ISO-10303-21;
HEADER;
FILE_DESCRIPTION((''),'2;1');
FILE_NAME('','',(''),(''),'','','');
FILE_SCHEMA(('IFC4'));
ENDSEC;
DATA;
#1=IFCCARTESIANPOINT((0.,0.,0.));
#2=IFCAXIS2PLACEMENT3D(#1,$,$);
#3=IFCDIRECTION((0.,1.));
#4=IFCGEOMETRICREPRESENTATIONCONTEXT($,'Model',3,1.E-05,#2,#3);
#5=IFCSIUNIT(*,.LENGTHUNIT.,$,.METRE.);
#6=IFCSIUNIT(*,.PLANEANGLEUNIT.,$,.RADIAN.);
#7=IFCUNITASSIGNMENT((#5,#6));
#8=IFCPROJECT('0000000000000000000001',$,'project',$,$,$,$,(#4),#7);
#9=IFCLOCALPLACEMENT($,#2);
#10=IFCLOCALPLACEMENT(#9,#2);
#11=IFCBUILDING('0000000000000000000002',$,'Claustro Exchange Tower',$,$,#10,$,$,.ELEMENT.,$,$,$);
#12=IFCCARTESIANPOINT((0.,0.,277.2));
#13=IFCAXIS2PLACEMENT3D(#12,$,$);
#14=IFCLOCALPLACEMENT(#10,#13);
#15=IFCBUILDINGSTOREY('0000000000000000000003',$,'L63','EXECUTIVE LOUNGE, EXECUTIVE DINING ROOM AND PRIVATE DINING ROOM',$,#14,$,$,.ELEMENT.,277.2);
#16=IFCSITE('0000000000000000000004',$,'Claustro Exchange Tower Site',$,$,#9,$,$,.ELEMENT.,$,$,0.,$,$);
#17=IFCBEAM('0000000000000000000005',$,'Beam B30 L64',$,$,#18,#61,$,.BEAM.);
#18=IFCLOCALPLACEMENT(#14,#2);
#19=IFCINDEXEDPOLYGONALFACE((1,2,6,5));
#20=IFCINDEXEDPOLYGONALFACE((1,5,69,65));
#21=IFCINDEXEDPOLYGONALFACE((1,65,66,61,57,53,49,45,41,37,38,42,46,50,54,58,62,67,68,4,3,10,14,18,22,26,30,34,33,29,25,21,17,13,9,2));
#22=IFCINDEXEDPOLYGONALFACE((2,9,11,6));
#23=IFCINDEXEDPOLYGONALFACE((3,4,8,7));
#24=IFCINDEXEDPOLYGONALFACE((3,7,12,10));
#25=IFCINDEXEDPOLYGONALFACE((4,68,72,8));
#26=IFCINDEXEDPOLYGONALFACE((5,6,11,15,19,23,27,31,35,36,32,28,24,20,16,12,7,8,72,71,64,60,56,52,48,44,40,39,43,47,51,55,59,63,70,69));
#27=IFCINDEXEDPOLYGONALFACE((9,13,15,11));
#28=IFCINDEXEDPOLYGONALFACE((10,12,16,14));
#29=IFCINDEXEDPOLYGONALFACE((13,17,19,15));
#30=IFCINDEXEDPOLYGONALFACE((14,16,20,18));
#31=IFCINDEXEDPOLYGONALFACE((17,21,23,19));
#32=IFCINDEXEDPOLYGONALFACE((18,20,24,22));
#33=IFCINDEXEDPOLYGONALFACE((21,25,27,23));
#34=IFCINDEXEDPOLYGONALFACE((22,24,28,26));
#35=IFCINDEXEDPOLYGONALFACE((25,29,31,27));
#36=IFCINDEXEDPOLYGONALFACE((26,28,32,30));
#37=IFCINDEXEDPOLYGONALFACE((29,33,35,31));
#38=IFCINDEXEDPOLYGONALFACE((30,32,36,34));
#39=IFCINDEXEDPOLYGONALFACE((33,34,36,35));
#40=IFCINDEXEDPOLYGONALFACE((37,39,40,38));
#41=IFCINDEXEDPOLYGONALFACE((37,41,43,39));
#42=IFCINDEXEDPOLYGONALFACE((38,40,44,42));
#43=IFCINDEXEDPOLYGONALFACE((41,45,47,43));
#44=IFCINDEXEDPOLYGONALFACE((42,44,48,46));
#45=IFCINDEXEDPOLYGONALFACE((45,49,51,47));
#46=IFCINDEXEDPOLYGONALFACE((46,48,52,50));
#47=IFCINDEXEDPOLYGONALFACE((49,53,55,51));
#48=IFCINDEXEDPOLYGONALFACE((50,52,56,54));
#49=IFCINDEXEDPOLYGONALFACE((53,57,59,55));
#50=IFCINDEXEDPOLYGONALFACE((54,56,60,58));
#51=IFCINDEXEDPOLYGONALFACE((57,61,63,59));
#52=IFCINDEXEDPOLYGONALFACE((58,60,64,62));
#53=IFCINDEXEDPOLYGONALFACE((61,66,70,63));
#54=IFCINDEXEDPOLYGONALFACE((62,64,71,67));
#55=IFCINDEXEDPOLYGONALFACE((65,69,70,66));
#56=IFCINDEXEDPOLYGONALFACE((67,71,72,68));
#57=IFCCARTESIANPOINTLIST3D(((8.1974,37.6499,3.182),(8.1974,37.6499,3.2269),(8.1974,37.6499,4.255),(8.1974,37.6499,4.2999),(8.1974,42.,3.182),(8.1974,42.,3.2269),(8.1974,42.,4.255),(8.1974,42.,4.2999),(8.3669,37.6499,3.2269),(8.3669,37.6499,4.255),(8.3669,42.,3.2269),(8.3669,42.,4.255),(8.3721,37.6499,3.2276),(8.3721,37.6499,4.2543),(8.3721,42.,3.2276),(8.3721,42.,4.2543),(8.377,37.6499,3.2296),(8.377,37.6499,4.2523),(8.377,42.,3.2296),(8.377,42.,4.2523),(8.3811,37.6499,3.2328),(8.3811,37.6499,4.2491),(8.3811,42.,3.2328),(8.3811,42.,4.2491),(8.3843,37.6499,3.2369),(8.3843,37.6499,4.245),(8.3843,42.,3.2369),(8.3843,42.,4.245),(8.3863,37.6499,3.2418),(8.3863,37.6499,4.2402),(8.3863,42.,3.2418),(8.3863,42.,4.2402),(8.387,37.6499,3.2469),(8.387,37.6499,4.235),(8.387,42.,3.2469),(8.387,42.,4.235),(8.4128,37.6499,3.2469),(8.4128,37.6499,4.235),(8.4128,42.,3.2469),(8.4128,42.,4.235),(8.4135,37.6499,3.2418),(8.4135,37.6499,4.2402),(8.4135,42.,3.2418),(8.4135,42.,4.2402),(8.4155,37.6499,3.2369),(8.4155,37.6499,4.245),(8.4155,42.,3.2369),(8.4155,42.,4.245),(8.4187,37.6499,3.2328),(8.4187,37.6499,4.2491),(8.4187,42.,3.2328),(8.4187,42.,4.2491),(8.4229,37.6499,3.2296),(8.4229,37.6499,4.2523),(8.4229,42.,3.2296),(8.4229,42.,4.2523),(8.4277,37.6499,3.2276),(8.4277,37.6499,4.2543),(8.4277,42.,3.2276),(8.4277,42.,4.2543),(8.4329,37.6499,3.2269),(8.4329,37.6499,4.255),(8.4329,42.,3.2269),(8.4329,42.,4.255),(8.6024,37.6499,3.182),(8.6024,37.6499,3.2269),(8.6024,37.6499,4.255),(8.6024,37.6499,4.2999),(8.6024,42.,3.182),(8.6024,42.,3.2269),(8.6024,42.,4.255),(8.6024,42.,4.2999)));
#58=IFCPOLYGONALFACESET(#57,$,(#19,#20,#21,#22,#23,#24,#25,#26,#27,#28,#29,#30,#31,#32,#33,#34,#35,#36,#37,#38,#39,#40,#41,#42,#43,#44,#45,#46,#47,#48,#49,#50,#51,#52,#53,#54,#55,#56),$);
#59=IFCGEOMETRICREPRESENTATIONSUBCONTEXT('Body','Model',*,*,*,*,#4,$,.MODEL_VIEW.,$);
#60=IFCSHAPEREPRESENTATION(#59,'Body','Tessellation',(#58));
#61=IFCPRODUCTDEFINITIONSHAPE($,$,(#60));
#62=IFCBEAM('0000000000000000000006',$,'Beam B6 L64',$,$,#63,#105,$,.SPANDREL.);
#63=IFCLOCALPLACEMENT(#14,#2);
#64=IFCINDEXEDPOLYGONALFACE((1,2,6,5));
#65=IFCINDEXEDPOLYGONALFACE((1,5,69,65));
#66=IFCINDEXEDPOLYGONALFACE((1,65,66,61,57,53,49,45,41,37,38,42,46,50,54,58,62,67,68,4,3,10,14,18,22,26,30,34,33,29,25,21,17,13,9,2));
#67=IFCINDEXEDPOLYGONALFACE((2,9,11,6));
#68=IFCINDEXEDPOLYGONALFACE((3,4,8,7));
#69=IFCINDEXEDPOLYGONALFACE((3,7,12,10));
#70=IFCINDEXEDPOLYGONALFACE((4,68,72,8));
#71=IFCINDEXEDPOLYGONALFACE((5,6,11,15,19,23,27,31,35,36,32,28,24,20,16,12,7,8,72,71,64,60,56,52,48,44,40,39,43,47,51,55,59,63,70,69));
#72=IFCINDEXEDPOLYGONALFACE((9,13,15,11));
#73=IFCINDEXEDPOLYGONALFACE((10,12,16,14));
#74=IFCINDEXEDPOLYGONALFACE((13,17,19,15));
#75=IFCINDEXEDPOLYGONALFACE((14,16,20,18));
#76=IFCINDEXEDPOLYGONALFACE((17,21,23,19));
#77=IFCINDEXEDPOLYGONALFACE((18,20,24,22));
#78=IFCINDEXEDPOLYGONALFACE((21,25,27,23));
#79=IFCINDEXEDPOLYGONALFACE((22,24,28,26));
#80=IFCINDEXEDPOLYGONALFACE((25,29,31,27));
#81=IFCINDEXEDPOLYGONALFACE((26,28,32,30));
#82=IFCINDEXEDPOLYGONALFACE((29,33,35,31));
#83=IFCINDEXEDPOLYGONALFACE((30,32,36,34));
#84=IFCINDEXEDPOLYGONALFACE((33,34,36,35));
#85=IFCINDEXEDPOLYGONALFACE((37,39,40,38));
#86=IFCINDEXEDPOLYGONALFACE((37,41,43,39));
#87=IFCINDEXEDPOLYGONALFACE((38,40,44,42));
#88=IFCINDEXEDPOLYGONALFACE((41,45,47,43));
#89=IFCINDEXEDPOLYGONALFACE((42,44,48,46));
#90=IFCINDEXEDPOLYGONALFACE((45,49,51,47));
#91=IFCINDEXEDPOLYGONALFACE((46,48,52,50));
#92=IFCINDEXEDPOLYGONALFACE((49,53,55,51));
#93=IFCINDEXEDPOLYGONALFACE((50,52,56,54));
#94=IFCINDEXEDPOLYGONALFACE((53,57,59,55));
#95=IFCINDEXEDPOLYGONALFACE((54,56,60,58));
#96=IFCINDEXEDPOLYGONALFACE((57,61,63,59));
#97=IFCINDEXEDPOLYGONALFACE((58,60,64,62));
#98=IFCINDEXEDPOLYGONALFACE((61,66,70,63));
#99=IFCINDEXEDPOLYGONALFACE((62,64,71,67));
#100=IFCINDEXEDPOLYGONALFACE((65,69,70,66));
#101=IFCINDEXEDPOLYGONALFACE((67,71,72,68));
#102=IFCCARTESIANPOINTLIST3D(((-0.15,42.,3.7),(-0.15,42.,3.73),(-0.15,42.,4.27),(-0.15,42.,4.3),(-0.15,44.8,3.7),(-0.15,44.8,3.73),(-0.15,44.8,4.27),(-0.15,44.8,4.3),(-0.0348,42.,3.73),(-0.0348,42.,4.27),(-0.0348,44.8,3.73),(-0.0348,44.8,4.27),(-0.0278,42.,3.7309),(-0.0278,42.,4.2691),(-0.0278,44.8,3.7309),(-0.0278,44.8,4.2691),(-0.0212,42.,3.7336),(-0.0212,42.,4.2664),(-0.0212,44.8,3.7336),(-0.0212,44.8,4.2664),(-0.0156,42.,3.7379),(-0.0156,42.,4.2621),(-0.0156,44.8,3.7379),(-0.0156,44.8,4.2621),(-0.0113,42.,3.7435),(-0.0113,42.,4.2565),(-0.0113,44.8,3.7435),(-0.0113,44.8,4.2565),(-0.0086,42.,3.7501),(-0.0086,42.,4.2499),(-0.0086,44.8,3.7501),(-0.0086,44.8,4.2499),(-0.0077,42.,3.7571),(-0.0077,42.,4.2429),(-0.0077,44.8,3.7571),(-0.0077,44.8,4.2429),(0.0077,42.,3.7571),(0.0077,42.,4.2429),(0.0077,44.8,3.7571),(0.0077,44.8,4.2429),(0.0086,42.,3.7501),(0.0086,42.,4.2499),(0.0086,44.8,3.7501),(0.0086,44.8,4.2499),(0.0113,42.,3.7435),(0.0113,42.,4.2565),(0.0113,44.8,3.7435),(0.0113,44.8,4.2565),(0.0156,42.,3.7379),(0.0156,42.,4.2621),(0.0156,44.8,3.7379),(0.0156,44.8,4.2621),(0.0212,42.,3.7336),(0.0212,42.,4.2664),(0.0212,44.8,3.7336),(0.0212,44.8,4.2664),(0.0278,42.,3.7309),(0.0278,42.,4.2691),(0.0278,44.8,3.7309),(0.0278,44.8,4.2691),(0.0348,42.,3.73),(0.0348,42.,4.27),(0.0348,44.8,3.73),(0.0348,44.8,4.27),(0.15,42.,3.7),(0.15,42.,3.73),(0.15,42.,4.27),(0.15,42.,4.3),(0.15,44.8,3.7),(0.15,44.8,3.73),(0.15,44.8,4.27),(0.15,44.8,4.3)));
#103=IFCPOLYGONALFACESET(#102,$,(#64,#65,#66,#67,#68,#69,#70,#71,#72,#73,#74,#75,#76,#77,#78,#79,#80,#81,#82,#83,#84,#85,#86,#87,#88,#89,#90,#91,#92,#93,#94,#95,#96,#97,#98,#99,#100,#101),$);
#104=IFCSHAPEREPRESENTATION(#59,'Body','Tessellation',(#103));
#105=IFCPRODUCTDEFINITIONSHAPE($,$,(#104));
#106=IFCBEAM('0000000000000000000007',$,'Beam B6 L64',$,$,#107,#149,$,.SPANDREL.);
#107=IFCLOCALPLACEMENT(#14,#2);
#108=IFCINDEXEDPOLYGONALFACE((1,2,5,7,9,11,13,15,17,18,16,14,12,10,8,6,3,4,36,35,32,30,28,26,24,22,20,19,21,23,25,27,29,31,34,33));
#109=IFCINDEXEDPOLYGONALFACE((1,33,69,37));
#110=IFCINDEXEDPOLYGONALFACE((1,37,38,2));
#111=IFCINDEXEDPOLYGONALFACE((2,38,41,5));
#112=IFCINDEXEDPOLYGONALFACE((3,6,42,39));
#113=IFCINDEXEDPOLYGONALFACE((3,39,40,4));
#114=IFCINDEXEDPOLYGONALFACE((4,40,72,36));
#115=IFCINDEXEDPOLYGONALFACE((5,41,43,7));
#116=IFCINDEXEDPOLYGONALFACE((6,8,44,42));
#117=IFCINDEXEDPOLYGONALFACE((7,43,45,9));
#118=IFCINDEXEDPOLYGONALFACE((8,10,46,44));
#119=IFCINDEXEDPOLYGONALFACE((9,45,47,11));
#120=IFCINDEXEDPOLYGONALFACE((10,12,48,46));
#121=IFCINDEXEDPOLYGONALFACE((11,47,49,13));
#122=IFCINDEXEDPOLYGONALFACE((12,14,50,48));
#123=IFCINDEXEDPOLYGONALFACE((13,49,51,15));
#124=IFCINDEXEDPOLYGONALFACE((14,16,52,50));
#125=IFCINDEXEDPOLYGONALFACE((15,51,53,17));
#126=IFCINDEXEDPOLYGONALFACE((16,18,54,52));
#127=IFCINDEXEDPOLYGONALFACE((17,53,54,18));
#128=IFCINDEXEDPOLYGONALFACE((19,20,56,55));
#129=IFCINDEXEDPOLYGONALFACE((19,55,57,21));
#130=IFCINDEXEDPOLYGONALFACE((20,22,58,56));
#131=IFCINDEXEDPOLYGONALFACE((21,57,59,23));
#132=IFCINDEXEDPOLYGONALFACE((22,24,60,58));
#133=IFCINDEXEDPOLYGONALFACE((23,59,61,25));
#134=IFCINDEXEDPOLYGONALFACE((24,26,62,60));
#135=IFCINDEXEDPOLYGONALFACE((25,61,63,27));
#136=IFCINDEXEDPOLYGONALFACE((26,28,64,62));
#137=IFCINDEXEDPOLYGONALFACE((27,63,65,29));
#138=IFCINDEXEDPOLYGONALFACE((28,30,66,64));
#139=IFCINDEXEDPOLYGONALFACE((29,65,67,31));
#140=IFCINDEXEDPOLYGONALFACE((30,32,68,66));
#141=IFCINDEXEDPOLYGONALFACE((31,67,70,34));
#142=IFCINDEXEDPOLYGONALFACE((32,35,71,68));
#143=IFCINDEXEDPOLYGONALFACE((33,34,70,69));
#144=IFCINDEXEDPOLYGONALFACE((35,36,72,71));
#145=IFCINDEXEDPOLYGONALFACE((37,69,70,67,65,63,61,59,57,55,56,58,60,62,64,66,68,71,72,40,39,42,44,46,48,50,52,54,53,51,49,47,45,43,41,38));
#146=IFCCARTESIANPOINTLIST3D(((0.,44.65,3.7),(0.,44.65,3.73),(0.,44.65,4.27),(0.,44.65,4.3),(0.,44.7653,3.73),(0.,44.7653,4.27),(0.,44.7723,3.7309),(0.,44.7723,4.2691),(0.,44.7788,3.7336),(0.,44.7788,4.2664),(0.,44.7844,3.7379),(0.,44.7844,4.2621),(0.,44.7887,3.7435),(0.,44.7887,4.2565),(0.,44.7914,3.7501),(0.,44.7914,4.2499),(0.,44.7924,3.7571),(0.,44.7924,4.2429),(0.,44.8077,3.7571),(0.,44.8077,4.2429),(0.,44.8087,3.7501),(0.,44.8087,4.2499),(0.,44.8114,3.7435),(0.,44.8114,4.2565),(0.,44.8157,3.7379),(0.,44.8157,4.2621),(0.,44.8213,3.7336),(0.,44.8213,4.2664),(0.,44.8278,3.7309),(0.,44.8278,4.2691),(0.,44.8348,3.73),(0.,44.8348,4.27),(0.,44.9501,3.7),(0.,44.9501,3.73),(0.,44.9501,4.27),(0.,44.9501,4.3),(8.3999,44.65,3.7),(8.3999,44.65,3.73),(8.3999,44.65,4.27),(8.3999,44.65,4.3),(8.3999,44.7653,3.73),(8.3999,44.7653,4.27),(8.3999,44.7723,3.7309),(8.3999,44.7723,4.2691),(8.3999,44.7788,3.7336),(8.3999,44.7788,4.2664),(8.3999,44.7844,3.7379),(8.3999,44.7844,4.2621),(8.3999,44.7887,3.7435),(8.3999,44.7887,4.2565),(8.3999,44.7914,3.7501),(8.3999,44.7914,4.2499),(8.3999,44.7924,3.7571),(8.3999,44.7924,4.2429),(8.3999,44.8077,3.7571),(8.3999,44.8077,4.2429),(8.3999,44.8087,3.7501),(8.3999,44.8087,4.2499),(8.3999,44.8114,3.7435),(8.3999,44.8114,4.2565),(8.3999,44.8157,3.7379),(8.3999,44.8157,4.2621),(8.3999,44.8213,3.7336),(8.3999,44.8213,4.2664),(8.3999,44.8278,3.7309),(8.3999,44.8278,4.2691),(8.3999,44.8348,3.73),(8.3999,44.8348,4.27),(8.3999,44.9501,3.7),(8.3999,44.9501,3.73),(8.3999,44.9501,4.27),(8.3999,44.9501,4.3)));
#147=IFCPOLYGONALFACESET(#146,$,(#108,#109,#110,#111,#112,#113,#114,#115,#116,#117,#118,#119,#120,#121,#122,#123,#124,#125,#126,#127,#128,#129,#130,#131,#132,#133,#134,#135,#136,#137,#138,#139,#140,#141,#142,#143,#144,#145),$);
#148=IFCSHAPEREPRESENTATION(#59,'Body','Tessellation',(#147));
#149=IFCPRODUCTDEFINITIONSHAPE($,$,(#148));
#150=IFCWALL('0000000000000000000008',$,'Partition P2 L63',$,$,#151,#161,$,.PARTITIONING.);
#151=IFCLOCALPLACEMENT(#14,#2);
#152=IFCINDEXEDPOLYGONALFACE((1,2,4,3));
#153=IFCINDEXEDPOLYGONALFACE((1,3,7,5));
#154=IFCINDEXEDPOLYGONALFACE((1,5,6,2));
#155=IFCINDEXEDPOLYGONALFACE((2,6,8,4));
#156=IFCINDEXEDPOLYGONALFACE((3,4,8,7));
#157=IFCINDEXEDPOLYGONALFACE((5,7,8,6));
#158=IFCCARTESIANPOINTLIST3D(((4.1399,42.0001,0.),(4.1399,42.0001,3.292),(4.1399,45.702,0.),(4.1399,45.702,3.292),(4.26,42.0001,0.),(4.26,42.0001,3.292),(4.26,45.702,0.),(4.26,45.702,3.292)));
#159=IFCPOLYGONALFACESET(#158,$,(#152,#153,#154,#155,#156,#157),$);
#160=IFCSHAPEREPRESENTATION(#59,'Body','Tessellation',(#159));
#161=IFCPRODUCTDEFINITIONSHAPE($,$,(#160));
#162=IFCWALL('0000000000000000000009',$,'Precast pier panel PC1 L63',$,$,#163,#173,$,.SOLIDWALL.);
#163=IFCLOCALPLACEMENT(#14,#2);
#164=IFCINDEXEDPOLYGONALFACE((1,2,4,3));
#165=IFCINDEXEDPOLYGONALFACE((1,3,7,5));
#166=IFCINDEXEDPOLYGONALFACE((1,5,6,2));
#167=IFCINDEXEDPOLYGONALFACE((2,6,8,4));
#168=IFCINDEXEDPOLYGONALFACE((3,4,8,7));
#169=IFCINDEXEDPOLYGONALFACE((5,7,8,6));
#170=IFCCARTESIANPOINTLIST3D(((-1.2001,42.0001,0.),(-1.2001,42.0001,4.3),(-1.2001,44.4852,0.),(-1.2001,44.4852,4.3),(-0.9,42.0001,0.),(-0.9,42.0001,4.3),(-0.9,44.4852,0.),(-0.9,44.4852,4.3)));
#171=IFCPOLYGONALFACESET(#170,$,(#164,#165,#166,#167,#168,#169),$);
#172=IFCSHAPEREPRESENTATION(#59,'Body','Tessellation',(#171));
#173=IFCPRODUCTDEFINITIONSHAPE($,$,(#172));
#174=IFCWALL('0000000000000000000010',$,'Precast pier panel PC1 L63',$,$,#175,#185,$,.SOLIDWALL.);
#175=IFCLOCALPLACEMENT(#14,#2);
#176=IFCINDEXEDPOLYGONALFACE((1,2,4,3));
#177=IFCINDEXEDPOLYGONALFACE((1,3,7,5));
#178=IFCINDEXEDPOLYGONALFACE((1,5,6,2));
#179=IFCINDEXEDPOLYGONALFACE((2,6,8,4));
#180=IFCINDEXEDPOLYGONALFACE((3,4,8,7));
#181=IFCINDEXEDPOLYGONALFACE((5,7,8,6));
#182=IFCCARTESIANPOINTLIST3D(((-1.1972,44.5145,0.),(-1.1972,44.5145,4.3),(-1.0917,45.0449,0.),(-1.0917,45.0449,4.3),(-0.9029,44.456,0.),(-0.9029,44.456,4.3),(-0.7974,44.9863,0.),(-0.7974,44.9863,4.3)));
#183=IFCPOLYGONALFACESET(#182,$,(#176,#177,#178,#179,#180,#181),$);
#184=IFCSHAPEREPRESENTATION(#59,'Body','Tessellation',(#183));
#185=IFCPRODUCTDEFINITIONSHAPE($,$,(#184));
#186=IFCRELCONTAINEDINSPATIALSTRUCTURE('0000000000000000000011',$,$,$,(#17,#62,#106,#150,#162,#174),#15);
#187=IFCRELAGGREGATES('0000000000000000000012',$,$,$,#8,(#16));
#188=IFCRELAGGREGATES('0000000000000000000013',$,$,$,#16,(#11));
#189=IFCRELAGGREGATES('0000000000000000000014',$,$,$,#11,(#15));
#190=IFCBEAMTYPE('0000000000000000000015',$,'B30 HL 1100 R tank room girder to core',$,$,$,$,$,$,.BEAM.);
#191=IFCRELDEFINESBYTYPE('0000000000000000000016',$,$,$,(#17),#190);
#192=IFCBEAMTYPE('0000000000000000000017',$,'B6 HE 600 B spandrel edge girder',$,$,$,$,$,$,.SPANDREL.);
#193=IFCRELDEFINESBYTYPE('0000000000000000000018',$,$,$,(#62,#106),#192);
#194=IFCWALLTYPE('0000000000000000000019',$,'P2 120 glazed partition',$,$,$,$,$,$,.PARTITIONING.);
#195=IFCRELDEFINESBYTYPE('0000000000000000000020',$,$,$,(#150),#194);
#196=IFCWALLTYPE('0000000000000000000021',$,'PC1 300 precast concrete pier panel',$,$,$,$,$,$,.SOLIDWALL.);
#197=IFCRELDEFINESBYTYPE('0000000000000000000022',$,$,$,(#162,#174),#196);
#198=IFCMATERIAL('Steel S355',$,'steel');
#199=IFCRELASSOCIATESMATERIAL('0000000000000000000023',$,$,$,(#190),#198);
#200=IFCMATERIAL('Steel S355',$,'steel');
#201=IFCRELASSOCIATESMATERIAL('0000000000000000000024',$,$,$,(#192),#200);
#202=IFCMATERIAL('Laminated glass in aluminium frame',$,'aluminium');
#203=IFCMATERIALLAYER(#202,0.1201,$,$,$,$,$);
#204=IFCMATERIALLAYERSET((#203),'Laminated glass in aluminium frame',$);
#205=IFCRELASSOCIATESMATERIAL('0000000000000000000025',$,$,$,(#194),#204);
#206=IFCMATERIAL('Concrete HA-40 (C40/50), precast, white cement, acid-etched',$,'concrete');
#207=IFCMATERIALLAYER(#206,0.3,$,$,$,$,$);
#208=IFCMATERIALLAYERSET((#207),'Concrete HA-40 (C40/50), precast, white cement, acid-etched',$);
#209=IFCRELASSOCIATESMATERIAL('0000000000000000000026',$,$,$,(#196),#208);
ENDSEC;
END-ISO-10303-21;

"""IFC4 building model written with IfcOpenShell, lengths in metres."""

from ifc_helpers import new_model, si_unit, direction, frame, frame_2d, origin, origin_2d, place, context, subcontext, project, spatial, rectangle, i_section, extrude, material, layer, layer_set, material_profile, profile_set, type_object, element, save


model = new_model("IFC4")

# Units and contexts
model_context = context("Model", 3, precision=1e-05, world=origin(), true_north=direction((0.0, 1.0)))
body_context = subcontext(model_context, "Body", "Model", "MODEL_VIEW")
ifc_project = project(units=[si_unit("LENGTHUNIT", "METRE"), si_unit("PLANEANGLEUNIT", "RADIAN")], contexts=[model_context])

# Site, building, storey
site_placement = place(None, origin())
site = spatial("IfcSite", under=ifc_project, at=site_placement, Name="Claustro Exchange Tower Site", CompositionType="ELEMENT", RefElevation=0.0)
building_placement = place(site_placement, origin())
building = spatial("IfcBuilding", under=site, at=building_placement, Name="Claustro Exchange Tower", CompositionType="ELEMENT")
storey_placement = place(building_placement, frame((0.0, 0.0, 277.2)))
storey = spatial("IfcBuildingStorey", under=building, at=storey_placement, Name="L63", Description="EXECUTIVE LOUNGE, EXECUTIVE DINING ROOM AND PRIVATE DINING ROOM", CompositionType="ELEMENT", Elevation=277.2)

# Beams
ifc_material_1 = material(Name="Steel S355", Category="steel")
ifc_material_profile_1 = material_profile(ifc_material_1, i_section(OverallWidth=0.405, OverallDepth=1.1179, WebThickness=0.0259, FlangeThickness=0.0449, FilletRadius=0.02, at=origin_2d()), Name="HL 1100 R")
ifc_profile_set_1 = profile_set([ifc_material_profile_1], Name="Steel S355")
beam_type_1 = type_object("IfcBeamType", Name="B30 HL 1100 R tank room girder to core", PredefinedType="BEAM", material=ifc_profile_set_1)
beam_1_placement = place(storey_placement, frame((8.3999, 37.6499, 3.741), z_axis=(0.0, 1.0, 0.0), x_axis=(-1.0, 0.0, 0.0)))
element("IfcBeam", 1, at=beam_1_placement, inside=storey, type_object=beam_type_1, Name="Beam B30 L64", PredefinedType="BEAM", context=body_context, shape_type="SweptSolid", body=[
    extrude(i_section(OverallWidth=0.405, OverallDepth=1.1179, WebThickness=0.0259, FlangeThickness=0.0449, FilletRadius=0.02, at=origin_2d()), origin(), (0.0, 0.0, 1.0), 4.3501),
])
ifc_material_2 = material(Name="Steel S355", Category="steel")
ifc_material_profile_2 = material_profile(ifc_material_2, i_section(OverallWidth=0.3, OverallDepth=0.6001, WebThickness=0.0154, FlangeThickness=0.03, FilletRadius=0.0271, at=origin_2d()), Name="HE 600 B")
ifc_profile_set_2 = profile_set([ifc_material_profile_2], Name="Steel S355")
beam_type_2 = type_object("IfcBeamType", Name="B6 HE 600 B spandrel edge girder", PredefinedType="SPANDREL", material=ifc_profile_set_2)
beam_2_placement = place(storey_placement, frame((0.0, 42.0, 4.0), z_axis=(0.0, 1.0, 0.0), x_axis=(-1.0, 0.0, 0.0)))
element("IfcBeam", 2, at=beam_2_placement, inside=storey, type_object=beam_type_2, Name="Beam B6 L64", PredefinedType="SPANDREL", context=body_context, shape_type="SweptSolid", body=[
    extrude(i_section(OverallWidth=0.3, OverallDepth=0.6001, WebThickness=0.0154, FlangeThickness=0.03, FilletRadius=0.0271, at=origin_2d()), origin(), (0.0, 0.0, 1.0), 2.8),
])
beam_3_placement = place(storey_placement, frame((0.0, 44.8, 4.0), z_axis=(1.0, 0.0, 0.0), x_axis=(0.0, 1.0, 0.0)))
element("IfcBeam", 3, at=beam_3_placement, inside=storey, type_object=beam_type_2, Name="Beam B6 L64", PredefinedType="SPANDREL", context=body_context, shape_type="SweptSolid", body=[
    extrude(i_section(OverallWidth=0.3, OverallDepth=0.6001, WebThickness=0.0154, FlangeThickness=0.03, FilletRadius=0.0271, at=origin_2d()), origin(), (0.0, 0.0, 1.0), 8.3999),
])

# Wall
ifc_material_3 = material(Name="Laminated glass in aluminium frame", Category="aluminium")
ifc_layer_1 = layer(ifc_material_3, 0.1201)
ifc_layer_set_1 = layer_set([ifc_layer_1], Name="Laminated glass in aluminium frame")
wall_type_1 = type_object("IfcWallType", Name="P2 120 glazed partition", PredefinedType="PARTITIONING", material=ifc_layer_set_1)
wall_1_placement = place(storey_placement, frame((4.2, 42.0, 0.0), z_axis=(0.0, 0.0, 1.0), x_axis=(0.0, 1.0, 0.0)))
element("IfcWall", 4, at=wall_1_placement, inside=storey, type_object=wall_type_1, Name="Partition P2 L63", PredefinedType="PARTITIONING", context=body_context, shape_type="SweptSolid", body=[
    extrude(rectangle(XDim=3.7019, YDim=0.1201, at=frame_2d((1.8511, 0.0))), origin(), (0.0, 0.0, 1.0), 3.292),
])

# Walls
ifc_material_4 = material(Name="Concrete HA-40 (C40/50), precast, white cement, acid-etched", Category="concrete")
ifc_layer_2 = layer(ifc_material_4, 0.3)
ifc_layer_set_2 = layer_set([ifc_layer_2], Name="Concrete HA-40 (C40/50), precast, white cement, acid-etched")
wall_type_2 = type_object("IfcWallType", Name="PC1 300 precast concrete pier panel", PredefinedType="SOLIDWALL", material=ifc_layer_set_2)
wall_2_placement = place(storey_placement, frame((-1.05, 42.0, 0.0), z_axis=(0.0, 0.0, 1.0), x_axis=(0.0, 1.0, 0.0)))
element("IfcWall", 5, at=wall_2_placement, inside=storey, type_object=wall_type_2, Name="Precast pier panel PC1 L63", PredefinedType="SOLIDWALL", context=body_context, shape_type="SweptSolid", body=[
    extrude(rectangle(XDim=2.4851, YDim=0.3, at=frame_2d((1.2427, 0.0))), origin(), (0.0, 0.0, 1.0), 4.3),
])
wall_3_placement = place(storey_placement, frame((-1.05, 44.4851, 0.0), z_axis=(0.0, 0.0, 1.0), x_axis=(0.195074, 0.980789, 0.0)))
element("IfcWall", 6, at=wall_3_placement, inside=storey, type_object=wall_type_2, Name="Precast pier panel PC1 L63", PredefinedType="SOLIDWALL", context=body_context, shape_type="SweptSolid", body=[
    extrude(rectangle(XDim=0.5408, YDim=0.3, at=frame_2d((0.2705, 0.0))), origin(), (0.0, 0.0, 1.0), 4.3),
])

save(model, "model.ifc")
